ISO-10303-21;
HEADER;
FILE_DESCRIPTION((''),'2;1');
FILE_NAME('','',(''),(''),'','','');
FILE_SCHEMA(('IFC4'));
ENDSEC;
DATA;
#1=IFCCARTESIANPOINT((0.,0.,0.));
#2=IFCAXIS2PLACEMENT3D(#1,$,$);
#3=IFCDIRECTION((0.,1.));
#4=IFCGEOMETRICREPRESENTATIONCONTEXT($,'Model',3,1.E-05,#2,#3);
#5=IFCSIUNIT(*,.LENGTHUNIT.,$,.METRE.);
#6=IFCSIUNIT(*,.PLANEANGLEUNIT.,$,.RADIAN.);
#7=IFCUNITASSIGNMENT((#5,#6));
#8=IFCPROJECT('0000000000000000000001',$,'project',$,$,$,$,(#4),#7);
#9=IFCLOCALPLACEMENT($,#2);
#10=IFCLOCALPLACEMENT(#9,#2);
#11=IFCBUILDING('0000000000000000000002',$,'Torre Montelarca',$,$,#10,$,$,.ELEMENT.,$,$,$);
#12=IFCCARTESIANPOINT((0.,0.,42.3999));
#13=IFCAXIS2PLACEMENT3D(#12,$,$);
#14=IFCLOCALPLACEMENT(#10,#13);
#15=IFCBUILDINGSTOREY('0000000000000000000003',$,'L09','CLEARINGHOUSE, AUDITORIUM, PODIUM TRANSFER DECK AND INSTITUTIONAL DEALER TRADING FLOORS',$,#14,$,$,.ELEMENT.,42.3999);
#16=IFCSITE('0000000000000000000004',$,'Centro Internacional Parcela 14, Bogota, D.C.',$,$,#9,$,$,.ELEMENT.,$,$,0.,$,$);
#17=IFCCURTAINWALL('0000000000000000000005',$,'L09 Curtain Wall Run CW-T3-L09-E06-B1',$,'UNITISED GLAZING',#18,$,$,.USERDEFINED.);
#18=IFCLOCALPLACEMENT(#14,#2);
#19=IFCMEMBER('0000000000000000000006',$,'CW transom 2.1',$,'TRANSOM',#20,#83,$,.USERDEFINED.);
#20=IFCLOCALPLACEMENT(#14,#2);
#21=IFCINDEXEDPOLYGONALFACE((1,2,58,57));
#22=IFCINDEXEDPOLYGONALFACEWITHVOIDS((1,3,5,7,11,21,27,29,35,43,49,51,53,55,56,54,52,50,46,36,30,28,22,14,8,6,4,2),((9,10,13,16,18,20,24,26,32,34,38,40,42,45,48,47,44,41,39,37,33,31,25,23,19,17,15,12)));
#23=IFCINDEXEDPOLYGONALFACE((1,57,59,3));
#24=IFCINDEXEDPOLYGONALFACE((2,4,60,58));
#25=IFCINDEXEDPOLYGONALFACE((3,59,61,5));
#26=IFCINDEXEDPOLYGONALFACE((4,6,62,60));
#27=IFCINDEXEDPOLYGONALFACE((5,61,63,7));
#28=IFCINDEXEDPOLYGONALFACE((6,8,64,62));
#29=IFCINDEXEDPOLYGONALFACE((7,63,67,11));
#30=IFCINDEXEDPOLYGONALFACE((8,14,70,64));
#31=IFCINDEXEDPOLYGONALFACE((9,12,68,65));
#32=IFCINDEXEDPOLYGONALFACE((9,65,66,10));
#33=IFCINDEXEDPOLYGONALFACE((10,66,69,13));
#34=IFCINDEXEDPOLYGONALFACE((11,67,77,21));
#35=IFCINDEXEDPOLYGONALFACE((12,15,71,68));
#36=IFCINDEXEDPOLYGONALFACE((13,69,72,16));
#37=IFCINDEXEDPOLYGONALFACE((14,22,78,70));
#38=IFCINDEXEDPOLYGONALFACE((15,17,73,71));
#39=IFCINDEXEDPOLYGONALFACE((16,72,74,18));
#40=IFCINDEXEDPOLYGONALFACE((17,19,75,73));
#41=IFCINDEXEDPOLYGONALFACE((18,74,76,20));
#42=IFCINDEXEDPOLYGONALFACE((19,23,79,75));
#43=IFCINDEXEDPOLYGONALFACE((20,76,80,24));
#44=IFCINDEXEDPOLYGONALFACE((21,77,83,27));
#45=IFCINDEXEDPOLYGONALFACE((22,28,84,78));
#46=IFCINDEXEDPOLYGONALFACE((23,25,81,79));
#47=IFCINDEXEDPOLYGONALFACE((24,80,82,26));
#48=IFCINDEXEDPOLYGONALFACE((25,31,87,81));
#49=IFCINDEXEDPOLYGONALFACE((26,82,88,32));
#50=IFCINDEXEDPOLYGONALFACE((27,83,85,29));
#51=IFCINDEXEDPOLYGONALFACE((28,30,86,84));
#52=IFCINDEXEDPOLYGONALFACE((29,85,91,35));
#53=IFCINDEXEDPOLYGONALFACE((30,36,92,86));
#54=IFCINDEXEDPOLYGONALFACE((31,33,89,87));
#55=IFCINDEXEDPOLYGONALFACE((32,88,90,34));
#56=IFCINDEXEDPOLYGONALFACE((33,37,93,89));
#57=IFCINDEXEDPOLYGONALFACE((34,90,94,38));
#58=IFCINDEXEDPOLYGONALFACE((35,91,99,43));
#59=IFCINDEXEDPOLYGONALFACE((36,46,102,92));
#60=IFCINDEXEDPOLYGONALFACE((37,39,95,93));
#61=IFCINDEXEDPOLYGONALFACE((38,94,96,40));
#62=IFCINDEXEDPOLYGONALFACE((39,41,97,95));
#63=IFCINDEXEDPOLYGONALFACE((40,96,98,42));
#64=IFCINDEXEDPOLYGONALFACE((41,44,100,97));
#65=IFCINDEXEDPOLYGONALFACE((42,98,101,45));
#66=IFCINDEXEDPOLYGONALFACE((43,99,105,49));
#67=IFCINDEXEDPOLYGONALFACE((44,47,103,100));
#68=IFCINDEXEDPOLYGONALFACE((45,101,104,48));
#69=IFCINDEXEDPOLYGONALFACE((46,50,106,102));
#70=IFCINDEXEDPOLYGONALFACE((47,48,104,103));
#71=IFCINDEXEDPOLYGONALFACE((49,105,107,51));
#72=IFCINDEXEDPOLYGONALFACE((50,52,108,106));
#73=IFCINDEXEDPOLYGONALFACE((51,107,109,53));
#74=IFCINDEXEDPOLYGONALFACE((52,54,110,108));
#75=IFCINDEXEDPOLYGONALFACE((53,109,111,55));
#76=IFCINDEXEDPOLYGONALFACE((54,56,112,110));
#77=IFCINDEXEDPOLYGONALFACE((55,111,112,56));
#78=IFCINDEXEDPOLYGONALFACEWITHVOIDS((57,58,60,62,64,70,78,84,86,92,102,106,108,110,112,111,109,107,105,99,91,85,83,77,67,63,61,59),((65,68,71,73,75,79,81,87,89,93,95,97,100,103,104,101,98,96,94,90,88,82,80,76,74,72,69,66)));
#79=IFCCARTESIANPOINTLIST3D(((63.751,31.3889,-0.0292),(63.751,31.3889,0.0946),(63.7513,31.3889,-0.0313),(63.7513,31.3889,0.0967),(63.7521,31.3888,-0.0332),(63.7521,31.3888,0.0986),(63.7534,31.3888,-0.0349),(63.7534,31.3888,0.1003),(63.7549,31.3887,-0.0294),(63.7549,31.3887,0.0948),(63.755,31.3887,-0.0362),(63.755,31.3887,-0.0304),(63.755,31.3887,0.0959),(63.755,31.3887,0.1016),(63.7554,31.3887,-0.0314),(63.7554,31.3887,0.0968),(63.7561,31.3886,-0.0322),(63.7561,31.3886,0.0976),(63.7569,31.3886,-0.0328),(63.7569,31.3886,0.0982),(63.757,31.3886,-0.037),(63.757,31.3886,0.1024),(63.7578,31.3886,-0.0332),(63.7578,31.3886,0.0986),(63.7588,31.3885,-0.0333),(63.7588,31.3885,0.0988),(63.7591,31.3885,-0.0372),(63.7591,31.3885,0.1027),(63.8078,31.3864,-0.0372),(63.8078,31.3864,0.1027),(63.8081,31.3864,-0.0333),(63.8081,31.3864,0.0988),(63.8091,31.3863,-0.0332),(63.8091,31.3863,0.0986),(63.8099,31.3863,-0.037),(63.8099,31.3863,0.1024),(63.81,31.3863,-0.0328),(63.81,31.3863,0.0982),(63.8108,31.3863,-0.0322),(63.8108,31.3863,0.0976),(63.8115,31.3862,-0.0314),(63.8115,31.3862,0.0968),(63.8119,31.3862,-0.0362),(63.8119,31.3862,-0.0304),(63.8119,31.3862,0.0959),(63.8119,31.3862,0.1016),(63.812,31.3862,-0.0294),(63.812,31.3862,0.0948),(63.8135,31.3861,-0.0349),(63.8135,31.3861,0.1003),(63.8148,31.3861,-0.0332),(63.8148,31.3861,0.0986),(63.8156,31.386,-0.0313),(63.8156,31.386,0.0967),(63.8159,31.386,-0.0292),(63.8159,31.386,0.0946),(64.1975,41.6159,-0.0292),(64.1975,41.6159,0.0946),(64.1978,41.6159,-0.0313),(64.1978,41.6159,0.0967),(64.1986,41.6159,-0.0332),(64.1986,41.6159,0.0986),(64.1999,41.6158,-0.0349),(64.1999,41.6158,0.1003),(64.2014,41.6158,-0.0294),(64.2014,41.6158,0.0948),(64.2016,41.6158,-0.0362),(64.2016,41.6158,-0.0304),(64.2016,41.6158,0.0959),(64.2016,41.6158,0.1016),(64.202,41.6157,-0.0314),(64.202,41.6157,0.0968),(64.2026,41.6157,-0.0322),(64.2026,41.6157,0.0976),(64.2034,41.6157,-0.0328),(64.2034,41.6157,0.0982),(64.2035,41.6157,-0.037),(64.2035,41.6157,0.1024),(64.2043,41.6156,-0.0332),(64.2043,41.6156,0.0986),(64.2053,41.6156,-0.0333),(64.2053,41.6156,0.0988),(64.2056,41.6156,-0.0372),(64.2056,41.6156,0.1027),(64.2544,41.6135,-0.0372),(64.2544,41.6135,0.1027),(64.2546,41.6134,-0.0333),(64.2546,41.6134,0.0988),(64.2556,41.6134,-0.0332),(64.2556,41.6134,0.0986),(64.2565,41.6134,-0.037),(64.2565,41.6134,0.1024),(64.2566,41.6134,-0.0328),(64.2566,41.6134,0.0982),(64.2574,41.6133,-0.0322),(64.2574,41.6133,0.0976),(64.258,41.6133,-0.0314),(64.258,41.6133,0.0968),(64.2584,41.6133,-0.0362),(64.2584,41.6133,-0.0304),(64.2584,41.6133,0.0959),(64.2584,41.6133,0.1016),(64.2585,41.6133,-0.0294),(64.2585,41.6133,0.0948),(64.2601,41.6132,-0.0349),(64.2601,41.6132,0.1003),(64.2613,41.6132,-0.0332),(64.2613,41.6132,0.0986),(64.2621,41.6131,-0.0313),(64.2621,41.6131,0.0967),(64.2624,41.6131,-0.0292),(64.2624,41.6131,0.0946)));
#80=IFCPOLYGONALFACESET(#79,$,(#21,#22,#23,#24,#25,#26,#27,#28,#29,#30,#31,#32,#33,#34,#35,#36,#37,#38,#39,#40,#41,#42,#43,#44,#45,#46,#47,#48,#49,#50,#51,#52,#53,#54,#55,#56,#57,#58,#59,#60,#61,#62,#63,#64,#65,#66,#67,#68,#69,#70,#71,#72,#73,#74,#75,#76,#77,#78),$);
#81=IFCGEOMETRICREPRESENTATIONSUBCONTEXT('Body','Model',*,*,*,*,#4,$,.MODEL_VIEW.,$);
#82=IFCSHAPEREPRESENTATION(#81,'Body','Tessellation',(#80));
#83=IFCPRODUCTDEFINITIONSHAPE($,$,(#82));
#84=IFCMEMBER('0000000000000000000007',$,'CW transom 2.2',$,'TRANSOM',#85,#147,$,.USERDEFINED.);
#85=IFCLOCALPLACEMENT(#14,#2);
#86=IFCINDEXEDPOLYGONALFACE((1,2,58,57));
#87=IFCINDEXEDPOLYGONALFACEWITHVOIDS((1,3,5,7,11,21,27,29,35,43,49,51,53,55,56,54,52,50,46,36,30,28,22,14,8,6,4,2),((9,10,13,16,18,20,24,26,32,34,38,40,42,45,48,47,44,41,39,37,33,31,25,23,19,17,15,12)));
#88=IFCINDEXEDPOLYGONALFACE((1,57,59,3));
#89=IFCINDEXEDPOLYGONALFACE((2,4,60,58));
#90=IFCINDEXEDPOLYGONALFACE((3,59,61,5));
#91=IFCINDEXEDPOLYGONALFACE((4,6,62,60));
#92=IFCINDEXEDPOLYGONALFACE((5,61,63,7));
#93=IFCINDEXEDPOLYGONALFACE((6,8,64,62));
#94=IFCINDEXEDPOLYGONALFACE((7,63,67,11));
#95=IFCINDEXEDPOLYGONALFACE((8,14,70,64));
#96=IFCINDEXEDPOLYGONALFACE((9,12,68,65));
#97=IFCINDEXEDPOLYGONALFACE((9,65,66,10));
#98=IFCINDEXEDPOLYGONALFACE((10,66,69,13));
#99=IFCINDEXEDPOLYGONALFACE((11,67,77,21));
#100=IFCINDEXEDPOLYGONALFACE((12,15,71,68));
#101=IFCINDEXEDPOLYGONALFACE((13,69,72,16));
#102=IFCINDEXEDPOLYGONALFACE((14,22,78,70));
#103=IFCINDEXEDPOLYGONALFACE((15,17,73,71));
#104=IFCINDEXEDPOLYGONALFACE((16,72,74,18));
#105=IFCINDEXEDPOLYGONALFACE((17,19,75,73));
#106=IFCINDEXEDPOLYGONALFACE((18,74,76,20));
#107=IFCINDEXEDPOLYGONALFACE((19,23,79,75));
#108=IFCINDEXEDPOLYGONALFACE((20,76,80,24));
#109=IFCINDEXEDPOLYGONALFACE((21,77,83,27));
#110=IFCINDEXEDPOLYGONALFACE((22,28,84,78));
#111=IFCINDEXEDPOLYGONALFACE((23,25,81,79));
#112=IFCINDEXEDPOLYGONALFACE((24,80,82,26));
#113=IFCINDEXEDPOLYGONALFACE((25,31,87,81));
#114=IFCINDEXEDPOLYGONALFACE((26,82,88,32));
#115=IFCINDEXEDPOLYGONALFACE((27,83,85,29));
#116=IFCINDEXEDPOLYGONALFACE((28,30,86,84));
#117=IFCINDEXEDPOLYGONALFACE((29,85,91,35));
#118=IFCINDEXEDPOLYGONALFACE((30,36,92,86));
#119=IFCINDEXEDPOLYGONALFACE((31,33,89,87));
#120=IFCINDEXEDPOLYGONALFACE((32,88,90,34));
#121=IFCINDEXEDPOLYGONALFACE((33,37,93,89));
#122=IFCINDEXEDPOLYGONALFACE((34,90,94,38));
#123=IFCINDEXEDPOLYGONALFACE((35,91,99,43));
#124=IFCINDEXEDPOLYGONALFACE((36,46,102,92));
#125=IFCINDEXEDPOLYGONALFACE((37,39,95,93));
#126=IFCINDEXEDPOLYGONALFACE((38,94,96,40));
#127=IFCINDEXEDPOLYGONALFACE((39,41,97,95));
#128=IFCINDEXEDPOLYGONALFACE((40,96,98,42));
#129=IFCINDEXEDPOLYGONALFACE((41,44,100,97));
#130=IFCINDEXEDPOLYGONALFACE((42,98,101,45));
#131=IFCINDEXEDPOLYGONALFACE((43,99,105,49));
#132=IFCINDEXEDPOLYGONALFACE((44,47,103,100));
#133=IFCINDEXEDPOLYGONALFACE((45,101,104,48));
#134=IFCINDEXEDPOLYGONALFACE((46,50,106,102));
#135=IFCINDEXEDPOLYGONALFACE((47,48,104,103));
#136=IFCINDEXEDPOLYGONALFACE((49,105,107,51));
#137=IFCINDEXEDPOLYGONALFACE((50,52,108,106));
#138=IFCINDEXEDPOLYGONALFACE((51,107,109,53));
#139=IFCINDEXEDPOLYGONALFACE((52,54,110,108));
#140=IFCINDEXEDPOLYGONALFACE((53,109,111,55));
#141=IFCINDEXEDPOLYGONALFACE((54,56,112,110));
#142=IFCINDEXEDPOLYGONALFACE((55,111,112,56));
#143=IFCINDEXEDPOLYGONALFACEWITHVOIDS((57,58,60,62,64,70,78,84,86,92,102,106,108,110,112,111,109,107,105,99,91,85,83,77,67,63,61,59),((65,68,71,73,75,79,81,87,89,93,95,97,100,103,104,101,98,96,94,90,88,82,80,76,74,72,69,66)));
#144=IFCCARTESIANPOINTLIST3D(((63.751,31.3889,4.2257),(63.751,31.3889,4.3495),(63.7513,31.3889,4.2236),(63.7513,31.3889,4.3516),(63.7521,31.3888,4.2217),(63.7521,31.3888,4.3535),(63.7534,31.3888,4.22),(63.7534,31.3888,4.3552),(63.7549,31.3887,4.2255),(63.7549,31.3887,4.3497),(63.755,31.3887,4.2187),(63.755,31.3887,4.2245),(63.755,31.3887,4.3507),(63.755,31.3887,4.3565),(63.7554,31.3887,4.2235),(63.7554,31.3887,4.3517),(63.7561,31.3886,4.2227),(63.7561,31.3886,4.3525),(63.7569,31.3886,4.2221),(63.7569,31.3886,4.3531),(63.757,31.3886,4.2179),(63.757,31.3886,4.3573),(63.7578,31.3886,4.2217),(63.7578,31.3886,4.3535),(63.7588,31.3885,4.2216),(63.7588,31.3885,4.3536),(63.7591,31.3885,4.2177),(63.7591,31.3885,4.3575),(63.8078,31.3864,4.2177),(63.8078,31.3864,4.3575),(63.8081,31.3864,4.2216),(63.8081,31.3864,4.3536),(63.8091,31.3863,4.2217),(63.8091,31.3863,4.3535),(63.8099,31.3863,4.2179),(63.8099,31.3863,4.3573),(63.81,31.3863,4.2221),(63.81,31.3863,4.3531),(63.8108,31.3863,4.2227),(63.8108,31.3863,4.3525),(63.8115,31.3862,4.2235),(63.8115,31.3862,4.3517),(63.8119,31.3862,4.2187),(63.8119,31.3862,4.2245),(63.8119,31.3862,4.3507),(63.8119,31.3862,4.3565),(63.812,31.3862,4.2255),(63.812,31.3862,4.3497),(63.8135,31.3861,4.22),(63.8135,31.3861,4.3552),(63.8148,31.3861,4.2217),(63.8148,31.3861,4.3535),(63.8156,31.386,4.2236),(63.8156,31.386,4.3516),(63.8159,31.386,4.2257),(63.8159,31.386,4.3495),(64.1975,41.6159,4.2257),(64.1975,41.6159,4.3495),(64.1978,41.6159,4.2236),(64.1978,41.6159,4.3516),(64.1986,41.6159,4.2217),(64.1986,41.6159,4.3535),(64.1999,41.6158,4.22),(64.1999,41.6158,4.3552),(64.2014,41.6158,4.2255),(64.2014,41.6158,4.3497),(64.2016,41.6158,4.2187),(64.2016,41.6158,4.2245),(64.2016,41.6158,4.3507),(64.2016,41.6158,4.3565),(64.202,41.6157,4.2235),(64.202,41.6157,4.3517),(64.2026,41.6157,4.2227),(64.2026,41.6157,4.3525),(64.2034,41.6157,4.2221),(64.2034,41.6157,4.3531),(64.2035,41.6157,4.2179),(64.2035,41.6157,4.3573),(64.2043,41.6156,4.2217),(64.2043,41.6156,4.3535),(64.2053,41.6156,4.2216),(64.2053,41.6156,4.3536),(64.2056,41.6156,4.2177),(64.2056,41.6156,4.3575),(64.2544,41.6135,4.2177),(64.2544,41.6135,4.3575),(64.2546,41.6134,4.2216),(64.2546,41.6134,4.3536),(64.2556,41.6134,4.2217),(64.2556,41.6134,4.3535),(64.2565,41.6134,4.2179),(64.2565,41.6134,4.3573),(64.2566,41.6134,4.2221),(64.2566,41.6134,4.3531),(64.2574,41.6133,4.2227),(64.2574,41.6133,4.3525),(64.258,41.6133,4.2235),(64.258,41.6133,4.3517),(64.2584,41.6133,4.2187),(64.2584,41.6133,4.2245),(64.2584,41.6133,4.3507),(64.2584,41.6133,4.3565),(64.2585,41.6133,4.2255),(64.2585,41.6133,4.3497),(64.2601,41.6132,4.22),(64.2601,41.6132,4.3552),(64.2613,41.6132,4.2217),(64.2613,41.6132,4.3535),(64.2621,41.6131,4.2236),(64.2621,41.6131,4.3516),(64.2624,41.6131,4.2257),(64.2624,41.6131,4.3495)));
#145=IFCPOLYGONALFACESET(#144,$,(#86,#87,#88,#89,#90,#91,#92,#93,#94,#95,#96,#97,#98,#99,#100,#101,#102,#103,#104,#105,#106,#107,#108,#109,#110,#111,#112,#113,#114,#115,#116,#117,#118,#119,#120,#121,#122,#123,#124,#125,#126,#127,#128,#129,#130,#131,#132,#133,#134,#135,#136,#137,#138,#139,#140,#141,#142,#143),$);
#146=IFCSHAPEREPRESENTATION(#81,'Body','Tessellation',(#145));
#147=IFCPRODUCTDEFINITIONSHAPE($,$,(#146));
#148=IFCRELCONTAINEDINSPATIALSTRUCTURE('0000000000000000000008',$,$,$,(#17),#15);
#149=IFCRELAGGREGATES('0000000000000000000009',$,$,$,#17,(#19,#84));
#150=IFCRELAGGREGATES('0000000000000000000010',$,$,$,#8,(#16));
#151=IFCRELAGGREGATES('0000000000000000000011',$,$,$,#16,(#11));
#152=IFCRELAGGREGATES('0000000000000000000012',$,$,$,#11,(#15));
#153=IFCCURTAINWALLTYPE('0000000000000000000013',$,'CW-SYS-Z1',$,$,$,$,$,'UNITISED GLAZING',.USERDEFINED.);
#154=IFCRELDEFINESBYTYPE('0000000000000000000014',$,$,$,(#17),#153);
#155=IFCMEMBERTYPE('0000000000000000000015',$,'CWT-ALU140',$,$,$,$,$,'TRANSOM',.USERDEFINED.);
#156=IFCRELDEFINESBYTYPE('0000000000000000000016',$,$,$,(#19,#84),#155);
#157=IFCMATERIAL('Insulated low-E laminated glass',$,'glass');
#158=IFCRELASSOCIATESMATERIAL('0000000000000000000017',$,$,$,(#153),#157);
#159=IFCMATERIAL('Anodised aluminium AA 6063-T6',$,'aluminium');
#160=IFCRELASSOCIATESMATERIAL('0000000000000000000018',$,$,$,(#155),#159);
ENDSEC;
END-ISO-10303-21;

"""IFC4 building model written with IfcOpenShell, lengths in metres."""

from ifc_helpers import new_model, si_unit, direction, frame, origin, origin_2d, place, context, subcontext, project, spatial, hollow_rectangle, extrude, source, transform, mapped, material, material_profile, profile_set, type_object, element, aggregate, save


model = new_model("IFC4")

# Units and contexts
model_context = context("Model", 3, precision=1e-05, world=origin(), true_north=direction((0.0, 1.0)))
body_context = subcontext(model_context, "Body", "Model", "MODEL_VIEW")
ifc_project = project(units=[si_unit("LENGTHUNIT", "METRE"), si_unit("PLANEANGLEUNIT", "RADIAN")], contexts=[model_context])

# Site, building, storey
site_placement = place(None, origin())
site = spatial("IfcSite", under=ifc_project, at=site_placement, Name="Centro Internacional Parcela 14, Bogota, D.C.", CompositionType="ELEMENT", RefElevation=0.0)
building_placement = place(site_placement, origin())
building = spatial("IfcBuilding", under=site, at=building_placement, Name="Torre Montelarca", CompositionType="ELEMENT")
storey_placement = place(building_placement, frame((0.0, 0.0, 42.3999)))
storey = spatial("IfcBuildingStorey", under=building, at=storey_placement, Name="L09", Description="CLEARINGHOUSE, AUDITORIUM, PODIUM TRANSFER DECK AND INSTITUTIONAL DEALER TRADING FLOORS", CompositionType="ELEMENT", Elevation=42.3999)

# Curtain wall
ifc_material_1 = material(Name="Insulated low-E laminated glass", Category="glass")
curtain_wall_type = type_object("IfcCurtainWallType", Name="CW-SYS-Z1", ElementType="UNITISED GLAZING", PredefinedType="USERDEFINED", material=ifc_material_1)
curtain_wall_1_placement = place(storey_placement, origin())
curtain_wall_1 = element("IfcCurtainWall", 1, at=curtain_wall_1_placement, inside=storey, type_object=curtain_wall_type, Name="L09 Curtain Wall Run CW-T3-L09-E06-B1", ObjectType="UNITISED GLAZING", PredefinedType="USERDEFINED")
ifc_material_2 = material(Name="Anodised aluminium AA 6063-T6", Category="aluminium")
ifc_material_profile_1 = material_profile(ifc_material_2, hollow_rectangle(XDim=0.0649, YDim=0.1399, WallThickness=0.0039, InnerFilletRadius=0.0039, OuterFilletRadius=0.0081, at=origin_2d()), Name="ALU65X140X4", Category="aluminium")
ifc_profile_set_1 = profile_set([ifc_material_profile_1], Name="Anodised aluminium AA 6063-T6")
member_type_1 = type_object("IfcMemberType", Name="CWT-ALU140", ElementType="TRANSOM", PredefinedType="USERDEFINED", material=ifc_profile_set_1)

# Members
shared_shape_1 = source(origin(), body_context, "Body", "SweptSolid", [
    extrude(hollow_rectangle(XDim=0.0649, YDim=0.1399, WallThickness=0.0039, InnerFilletRadius=0.0039, OuterFilletRadius=0.0081, at=origin_2d()), origin(), (0.0, 0.0, 1.0), 10.2368),
])
member_1_placement = place(storey_placement, frame((63.7834, 31.3875, 0.0327), z_axis=(0.04362, 0.999048, 0.0), x_axis=(-0.999048, 0.04362, 0.0)))
member_1 = element("IfcMember", 2, at=member_1_placement, type_object=member_type_1, Name="CW transom 2.1", ObjectType="TRANSOM", PredefinedType="USERDEFINED", context=body_context, shape_type="MappedRepresentation", body=[
    mapped(shared_shape_1, transform((0.0, 0.0, 0.0), scale=1.0)),
])
member_2_placement = place(storey_placement, frame((63.7834, 31.3875, 4.2876), z_axis=(0.04362, 0.999048, 0.0), x_axis=(-0.999048, 0.04362, 0.0)))
member_2 = element("IfcMember", 3, at=member_2_placement, type_object=member_type_1, Name="CW transom 2.2", ObjectType="TRANSOM", PredefinedType="USERDEFINED", context=body_context, shape_type="MappedRepresentation", body=[
    mapped(shared_shape_1, transform((0.0, 0.0, 0.0), scale=1.0)),
])

aggregate(curtain_wall_1, [member_1, member_2])

save(model, "model.ifc")
